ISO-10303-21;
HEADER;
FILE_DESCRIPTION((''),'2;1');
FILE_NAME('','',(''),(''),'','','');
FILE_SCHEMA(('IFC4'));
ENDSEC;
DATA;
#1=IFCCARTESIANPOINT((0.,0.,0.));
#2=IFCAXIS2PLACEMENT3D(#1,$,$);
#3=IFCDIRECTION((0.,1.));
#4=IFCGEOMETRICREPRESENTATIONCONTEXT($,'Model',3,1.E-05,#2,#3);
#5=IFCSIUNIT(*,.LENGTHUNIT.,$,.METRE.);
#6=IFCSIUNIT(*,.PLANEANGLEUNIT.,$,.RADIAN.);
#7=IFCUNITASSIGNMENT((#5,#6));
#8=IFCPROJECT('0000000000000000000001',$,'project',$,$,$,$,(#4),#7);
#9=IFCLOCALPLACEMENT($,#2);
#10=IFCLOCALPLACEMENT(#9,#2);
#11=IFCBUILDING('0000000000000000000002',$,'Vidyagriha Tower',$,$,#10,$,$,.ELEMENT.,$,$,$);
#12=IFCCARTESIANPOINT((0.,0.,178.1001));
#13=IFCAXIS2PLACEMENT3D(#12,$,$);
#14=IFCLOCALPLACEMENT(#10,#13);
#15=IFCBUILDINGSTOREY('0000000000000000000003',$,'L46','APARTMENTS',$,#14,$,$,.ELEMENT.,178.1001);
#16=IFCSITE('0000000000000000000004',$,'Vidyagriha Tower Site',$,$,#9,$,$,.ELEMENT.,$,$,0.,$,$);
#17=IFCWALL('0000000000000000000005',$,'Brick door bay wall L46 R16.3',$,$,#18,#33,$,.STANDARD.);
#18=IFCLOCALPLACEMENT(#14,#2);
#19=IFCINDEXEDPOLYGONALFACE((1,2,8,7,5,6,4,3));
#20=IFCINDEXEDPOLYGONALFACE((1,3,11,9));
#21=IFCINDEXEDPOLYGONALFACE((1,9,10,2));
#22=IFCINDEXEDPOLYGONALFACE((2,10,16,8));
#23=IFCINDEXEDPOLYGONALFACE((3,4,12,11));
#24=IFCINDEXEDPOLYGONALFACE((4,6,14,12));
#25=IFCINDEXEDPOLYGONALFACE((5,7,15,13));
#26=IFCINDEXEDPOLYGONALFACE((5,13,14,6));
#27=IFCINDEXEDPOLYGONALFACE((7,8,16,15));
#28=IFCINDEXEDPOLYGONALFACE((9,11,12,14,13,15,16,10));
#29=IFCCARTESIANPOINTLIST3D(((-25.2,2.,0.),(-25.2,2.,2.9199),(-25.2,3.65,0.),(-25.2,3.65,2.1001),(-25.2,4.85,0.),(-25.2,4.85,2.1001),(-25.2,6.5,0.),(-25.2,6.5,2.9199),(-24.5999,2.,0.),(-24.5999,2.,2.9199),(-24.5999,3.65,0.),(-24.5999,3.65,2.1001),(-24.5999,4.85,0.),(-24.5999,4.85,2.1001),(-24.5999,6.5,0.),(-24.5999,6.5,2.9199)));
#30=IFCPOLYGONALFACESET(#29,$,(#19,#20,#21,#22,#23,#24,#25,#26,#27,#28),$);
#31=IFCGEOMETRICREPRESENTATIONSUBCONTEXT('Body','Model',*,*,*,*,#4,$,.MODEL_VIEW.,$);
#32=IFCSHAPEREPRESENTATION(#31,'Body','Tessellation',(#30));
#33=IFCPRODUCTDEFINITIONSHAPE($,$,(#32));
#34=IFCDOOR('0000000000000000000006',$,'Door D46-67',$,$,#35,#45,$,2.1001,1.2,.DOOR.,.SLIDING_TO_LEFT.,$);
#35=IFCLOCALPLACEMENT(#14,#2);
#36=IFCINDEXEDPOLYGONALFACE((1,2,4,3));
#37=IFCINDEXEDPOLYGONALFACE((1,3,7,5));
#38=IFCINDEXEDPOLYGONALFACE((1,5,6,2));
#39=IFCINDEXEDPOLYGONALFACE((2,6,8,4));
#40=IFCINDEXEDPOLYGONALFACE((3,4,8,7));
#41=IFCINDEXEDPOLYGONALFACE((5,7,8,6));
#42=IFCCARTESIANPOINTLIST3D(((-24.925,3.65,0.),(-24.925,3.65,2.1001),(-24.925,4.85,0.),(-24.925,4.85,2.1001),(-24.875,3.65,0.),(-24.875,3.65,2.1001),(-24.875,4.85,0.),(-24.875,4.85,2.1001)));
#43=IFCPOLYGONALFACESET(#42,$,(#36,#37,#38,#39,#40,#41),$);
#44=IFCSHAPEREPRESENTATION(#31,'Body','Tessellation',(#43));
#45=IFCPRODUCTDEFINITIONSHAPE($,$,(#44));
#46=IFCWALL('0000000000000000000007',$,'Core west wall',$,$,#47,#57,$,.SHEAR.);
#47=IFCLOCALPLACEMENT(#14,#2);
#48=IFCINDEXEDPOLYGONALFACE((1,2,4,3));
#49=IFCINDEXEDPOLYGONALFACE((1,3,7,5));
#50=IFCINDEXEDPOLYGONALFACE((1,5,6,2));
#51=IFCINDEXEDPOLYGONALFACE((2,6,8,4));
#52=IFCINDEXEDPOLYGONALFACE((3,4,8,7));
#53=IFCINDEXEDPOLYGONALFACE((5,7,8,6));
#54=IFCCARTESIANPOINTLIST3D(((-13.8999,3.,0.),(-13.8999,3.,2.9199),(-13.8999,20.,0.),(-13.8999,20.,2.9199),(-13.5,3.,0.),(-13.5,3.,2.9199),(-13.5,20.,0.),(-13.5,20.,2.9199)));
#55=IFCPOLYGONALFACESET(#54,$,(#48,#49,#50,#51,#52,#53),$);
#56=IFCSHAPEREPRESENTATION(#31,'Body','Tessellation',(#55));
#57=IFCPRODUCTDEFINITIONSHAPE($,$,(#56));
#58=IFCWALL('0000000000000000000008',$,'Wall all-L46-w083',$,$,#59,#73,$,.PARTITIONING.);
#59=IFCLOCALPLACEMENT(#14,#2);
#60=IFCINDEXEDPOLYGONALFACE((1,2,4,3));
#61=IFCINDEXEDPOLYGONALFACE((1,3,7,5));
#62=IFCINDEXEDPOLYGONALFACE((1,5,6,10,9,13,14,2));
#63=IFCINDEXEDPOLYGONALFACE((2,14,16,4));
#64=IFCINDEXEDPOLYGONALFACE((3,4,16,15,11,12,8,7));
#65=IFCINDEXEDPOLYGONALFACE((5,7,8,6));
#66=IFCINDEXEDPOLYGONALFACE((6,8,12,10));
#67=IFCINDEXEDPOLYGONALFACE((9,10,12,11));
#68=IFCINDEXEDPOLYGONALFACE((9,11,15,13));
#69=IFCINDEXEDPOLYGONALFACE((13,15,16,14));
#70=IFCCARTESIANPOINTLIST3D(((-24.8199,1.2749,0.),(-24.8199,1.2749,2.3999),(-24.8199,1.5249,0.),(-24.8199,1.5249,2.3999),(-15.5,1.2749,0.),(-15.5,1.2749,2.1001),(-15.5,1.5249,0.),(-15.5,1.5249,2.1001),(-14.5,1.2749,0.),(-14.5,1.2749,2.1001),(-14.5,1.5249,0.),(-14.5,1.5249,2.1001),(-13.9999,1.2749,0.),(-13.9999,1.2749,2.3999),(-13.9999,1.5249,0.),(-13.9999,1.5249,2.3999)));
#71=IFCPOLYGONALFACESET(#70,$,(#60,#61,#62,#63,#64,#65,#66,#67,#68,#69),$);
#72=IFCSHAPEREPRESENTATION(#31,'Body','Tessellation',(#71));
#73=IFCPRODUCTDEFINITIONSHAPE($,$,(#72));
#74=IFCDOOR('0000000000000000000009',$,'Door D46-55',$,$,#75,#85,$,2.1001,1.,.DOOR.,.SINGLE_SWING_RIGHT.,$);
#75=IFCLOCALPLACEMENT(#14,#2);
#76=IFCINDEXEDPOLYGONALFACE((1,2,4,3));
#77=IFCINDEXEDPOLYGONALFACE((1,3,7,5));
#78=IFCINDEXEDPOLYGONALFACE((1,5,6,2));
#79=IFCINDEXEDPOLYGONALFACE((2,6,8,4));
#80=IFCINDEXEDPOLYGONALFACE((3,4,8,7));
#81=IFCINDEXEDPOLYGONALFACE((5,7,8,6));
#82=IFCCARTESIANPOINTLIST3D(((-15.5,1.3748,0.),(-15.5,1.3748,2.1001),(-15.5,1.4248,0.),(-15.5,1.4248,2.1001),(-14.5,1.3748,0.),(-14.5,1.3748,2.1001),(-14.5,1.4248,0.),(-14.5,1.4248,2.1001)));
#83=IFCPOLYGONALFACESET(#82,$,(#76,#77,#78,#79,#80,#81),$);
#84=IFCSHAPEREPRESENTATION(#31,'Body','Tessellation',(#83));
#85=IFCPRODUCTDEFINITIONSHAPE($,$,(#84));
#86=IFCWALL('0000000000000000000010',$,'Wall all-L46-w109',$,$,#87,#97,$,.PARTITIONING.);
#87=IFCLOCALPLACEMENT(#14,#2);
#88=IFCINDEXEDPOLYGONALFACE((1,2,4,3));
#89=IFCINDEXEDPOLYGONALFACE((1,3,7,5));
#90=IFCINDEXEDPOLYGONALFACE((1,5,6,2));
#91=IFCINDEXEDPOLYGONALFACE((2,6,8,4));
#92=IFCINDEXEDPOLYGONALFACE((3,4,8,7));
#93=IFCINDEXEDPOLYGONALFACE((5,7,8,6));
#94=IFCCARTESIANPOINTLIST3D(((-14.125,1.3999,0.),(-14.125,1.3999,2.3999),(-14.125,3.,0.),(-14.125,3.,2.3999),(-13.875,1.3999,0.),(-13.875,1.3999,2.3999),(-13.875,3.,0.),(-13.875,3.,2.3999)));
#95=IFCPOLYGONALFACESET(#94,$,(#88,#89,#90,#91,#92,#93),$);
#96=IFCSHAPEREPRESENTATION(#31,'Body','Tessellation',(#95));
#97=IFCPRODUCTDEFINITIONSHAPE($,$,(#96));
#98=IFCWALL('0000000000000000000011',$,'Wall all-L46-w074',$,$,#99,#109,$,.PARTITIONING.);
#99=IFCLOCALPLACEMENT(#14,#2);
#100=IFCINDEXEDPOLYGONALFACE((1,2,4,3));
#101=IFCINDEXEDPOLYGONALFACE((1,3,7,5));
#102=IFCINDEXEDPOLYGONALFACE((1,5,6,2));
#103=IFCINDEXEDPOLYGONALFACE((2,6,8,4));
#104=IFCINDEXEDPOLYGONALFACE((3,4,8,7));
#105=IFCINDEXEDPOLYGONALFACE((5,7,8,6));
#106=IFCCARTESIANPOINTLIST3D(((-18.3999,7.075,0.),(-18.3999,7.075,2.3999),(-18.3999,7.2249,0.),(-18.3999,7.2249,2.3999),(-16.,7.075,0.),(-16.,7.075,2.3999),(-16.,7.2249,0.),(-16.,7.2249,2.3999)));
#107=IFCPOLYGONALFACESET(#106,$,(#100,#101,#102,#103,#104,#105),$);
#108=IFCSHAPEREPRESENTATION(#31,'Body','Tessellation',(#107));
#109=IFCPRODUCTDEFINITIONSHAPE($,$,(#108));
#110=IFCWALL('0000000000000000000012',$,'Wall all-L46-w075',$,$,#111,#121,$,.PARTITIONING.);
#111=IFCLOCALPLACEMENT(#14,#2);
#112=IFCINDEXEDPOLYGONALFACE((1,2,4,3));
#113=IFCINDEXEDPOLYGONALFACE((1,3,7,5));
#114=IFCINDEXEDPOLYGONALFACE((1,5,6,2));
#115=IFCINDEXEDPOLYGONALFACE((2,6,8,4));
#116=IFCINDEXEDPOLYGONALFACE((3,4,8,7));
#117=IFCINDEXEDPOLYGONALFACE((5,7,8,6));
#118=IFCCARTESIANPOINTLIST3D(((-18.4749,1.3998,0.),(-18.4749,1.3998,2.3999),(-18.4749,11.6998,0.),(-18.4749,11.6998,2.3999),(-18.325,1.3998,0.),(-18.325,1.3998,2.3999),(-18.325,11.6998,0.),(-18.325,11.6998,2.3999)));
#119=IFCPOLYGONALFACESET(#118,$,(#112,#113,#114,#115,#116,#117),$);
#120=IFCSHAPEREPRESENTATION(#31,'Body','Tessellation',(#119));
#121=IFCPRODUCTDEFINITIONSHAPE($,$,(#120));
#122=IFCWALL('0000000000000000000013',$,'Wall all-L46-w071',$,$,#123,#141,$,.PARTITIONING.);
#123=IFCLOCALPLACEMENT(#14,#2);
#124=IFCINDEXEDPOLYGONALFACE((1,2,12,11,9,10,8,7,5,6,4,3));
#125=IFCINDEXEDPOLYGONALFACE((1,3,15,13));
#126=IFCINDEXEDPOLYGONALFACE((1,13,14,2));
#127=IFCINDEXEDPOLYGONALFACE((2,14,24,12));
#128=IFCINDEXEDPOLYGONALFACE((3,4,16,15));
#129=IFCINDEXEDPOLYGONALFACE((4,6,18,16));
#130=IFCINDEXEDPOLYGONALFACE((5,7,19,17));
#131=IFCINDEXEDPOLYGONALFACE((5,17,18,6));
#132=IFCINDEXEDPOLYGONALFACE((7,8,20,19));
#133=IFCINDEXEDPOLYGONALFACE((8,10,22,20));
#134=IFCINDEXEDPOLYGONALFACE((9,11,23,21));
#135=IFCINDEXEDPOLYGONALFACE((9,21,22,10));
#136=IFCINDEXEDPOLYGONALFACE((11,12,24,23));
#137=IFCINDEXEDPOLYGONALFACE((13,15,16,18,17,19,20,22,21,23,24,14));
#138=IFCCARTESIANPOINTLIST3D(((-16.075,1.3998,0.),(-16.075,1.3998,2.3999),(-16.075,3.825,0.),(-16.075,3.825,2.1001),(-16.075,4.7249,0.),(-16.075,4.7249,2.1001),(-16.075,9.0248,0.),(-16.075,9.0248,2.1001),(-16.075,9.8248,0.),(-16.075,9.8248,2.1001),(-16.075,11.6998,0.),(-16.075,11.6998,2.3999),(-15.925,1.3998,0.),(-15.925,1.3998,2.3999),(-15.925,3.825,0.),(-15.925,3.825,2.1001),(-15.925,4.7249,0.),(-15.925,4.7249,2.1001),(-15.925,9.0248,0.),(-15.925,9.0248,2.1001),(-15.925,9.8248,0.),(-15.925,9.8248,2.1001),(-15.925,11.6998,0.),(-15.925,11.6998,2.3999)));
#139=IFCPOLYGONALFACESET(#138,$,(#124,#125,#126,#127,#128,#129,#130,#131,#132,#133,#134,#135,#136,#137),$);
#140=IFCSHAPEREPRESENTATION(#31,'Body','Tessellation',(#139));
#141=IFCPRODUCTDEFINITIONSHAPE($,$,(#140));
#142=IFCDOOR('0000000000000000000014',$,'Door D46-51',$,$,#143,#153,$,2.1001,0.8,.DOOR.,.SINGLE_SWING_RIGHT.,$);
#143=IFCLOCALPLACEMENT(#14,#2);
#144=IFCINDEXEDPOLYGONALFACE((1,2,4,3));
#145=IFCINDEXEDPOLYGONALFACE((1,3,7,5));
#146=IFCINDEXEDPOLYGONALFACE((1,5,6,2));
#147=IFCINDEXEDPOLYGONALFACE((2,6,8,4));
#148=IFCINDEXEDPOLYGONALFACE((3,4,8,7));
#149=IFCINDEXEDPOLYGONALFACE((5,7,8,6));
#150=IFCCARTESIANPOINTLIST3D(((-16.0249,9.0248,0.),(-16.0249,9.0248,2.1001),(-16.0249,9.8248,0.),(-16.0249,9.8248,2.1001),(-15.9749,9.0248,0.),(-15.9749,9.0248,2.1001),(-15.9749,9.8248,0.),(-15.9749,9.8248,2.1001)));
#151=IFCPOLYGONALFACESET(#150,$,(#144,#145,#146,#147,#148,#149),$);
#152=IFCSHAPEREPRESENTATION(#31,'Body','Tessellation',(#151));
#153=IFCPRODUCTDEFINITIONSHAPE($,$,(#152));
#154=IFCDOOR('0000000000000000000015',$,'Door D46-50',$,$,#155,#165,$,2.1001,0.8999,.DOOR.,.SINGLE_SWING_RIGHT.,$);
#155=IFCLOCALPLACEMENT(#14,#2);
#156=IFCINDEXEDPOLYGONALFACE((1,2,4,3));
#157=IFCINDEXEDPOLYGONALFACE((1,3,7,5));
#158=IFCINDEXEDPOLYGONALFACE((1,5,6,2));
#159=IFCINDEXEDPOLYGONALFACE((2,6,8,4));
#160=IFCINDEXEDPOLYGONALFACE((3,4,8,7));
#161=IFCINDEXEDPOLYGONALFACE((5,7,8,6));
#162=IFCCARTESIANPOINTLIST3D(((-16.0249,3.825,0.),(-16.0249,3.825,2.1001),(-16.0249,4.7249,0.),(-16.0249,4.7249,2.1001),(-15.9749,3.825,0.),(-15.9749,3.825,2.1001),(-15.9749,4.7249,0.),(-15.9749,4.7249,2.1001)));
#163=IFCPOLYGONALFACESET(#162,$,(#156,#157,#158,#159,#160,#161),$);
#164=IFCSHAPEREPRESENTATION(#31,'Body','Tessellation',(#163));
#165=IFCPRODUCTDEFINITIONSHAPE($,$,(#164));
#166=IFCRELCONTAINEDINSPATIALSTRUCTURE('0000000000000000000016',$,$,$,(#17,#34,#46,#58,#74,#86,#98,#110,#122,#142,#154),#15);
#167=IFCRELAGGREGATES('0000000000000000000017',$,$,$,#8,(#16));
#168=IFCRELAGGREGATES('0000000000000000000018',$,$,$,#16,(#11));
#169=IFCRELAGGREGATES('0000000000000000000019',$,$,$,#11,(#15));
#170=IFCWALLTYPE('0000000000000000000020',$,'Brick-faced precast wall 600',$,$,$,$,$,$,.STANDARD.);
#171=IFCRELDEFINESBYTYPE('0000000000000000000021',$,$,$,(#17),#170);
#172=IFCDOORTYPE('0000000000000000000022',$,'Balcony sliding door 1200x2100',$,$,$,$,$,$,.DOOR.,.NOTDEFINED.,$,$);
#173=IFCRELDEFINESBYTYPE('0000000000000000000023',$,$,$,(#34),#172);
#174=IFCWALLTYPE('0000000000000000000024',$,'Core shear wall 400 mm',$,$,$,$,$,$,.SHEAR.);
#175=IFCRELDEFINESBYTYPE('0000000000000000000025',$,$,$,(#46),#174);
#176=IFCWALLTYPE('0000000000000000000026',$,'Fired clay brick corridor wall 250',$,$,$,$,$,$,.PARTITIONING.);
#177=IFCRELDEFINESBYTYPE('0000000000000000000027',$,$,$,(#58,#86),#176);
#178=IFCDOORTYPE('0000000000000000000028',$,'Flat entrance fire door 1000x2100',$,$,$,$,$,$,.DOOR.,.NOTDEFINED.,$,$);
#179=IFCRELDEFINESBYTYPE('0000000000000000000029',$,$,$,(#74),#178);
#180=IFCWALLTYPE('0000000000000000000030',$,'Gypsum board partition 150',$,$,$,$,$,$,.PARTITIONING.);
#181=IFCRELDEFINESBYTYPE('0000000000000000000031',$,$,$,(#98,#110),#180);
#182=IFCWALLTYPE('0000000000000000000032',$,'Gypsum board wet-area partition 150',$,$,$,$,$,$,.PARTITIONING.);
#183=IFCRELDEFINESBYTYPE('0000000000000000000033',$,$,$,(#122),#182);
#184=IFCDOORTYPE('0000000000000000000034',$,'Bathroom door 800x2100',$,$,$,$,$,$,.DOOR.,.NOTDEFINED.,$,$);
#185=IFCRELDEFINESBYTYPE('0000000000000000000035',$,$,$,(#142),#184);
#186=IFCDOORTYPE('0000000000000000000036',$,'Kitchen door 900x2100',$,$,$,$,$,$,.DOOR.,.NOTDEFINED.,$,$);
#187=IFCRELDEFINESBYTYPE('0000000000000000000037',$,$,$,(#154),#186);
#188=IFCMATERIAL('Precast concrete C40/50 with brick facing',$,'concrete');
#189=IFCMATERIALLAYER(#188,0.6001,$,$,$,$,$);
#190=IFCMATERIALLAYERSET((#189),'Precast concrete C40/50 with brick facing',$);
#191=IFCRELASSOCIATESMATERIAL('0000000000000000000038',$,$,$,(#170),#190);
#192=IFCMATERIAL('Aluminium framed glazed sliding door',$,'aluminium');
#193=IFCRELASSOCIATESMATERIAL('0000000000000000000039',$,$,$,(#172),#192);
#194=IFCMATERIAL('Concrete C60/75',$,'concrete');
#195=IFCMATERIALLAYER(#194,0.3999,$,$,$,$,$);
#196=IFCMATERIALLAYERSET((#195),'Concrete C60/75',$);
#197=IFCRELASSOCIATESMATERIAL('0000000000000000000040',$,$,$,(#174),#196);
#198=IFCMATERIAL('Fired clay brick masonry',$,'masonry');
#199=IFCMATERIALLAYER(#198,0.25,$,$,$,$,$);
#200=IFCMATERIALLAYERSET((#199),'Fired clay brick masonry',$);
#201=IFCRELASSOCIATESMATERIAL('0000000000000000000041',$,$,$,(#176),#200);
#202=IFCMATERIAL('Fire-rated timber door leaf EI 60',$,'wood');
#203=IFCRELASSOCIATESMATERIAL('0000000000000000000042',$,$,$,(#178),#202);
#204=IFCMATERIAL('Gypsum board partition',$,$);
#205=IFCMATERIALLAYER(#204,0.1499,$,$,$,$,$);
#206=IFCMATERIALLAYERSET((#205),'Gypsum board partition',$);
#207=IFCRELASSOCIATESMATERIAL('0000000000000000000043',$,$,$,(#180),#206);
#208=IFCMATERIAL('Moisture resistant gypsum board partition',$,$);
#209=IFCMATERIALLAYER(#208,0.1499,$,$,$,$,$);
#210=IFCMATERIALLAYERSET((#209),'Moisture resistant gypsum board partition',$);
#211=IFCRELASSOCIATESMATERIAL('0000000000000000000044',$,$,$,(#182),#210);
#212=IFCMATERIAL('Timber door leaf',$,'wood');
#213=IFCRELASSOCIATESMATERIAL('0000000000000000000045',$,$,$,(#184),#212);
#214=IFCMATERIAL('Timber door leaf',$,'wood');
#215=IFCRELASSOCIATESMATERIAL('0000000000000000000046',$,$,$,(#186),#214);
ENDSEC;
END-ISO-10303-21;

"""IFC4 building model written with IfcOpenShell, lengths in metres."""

from ifc_helpers import new_model, si_unit, direction, frame, frame_2d, origin, place, context, subcontext, project, spatial, rectangle, extrude, material, layer, layer_set, type_object, element, fill, save


model = new_model("IFC4")

# Units and contexts
model_context = context("Model", 3, precision=1e-05, world=origin(), true_north=direction((0.0, 1.0)))
body_context = subcontext(model_context, "Body", "Model", "MODEL_VIEW")
ifc_project = project(units=[si_unit("LENGTHUNIT", "METRE"), si_unit("PLANEANGLEUNIT", "RADIAN")], contexts=[model_context])

# Site, building, storey
site_placement = place(None, origin())
site = spatial("IfcSite", under=ifc_project, at=site_placement, Name="Vidyagriha Tower Site", CompositionType="ELEMENT", RefElevation=0.0)
building_placement = place(site_placement, origin())
building = spatial("IfcBuilding", under=site, at=building_placement, Name="Vidyagriha Tower", CompositionType="ELEMENT")
storey_placement = place(building_placement, frame((0.0, 0.0, 178.1001)))
storey = spatial("IfcBuildingStorey", under=building, at=storey_placement, Name="L46", Description="APARTMENTS", CompositionType="ELEMENT", Elevation=178.1001)

# Wall, opening, door
ifc_material_1 = material(Name="Precast concrete C40/50 with brick facing", Category="concrete")
ifc_layer_1 = layer(ifc_material_1, 0.6001)
ifc_layer_set_1 = layer_set([ifc_layer_1], Name="Precast concrete C40/50 with brick facing")
wall_type_1 = type_object("IfcWallType", Name="Brick-faced precast wall 600", PredefinedType="STANDARD", material=ifc_layer_set_1)
wall_1_placement = place(storey_placement, frame((-24.8999, 6.5, 0.0), z_axis=(0.0, 0.0, 1.0), x_axis=(0.0, -1.0, 0.0)))
wall_1 = element("IfcWall", 1, at=wall_1_placement, inside=storey, type_object=wall_type_1, Name="Brick door bay wall L46 R16.3", PredefinedType="STANDARD", context=body_context, shape_type="SweptSolid", body=[
    extrude(rectangle(XDim=4.5, YDim=0.6001, at=frame_2d((2.25, 0.0))), origin(), (0.0, 0.0, 1.0), 2.9199),
])
opening_1_placement = place(wall_1_placement, frame((1.6499, 0.0, 0.0)))
opening_1 = element("IfcOpeningElement", 2, at=opening_1_placement, cuts=wall_1, PredefinedType="OPENING", context=body_context, shape_type="SweptSolid", body=[
    extrude(rectangle(XDim=1.2, YDim=2.1001, at=frame_2d((0.6001, 1.05))), frame((0.0, 0.3101, 0.0), z_axis=(0.0, -1.0, 0.0), x_axis=(1.0, 0.0, 0.0)), (0.0, 0.0, 1.0), 0.6201),
])
ifc_material_2 = material(Name="Aluminium framed glazed sliding door", Category="aluminium")
door_type_1 = type_object("IfcDoorType", Name="Balcony sliding door 1200x2100", OperationType="NOTDEFINED", PredefinedType="DOOR", material=ifc_material_2)
door_1_placement = place(opening_1_placement, origin())
door_1 = element("IfcDoor", 3, at=door_1_placement, inside=storey, type_object=door_type_1, Name="Door D46-67", OperationType="SLIDING_TO_LEFT", OverallHeight=2.1001, OverallWidth=1.2, PredefinedType="DOOR", context=body_context, shape_type="SweptSolid", body=[
    extrude(rectangle(XDim=1.2, YDim=2.1001, at=frame_2d((0.6001, 1.05))), frame((0.0, 0.0249, 0.0), z_axis=(0.0, -1.0, 0.0), x_axis=(1.0, 0.0, 0.0)), (0.0, 0.0, 1.0), 0.05),
])
fill(opening_1, door_1)

# Wall
ifc_material_3 = material(Name="Concrete C60/75", Category="concrete")
ifc_layer_2 = layer(ifc_material_3, 0.3999)
ifc_layer_set_2 = layer_set([ifc_layer_2], Name="Concrete C60/75")
wall_type_2 = type_object("IfcWallType", Name="Core shear wall 400 mm", PredefinedType="SHEAR", material=ifc_layer_set_2)
wall_2_placement = place(storey_placement, frame((-13.7, 3.0, 0.0), z_axis=(0.0, 0.0, 1.0), x_axis=(0.0, 1.0, 0.0)))
element("IfcWall", 4, at=wall_2_placement, inside=storey, type_object=wall_type_2, Name="Core west wall", PredefinedType="SHEAR", context=body_context, shape_type="SweptSolid", body=[
    extrude(rectangle(XDim=17.0, YDim=0.3999, at=frame_2d((8.5, 0.0))), origin(), (0.0, 0.0, 1.0), 2.9199),
])

# Wall, opening, door
ifc_material_4 = material(Name="Fired clay brick masonry", Category="masonry")
ifc_layer_3 = layer(ifc_material_4, 0.25)
ifc_layer_set_3 = layer_set([ifc_layer_3], Name="Fired clay brick masonry")
wall_type_3 = type_object("IfcWallType", Name="Fired clay brick corridor wall 250", PredefinedType="PARTITIONING", material=ifc_layer_set_3)
wall_3_placement = place(storey_placement, frame((-24.8201, 1.3999, 0.0)))
wall_3 = element("IfcWall", 5, at=wall_3_placement, inside=storey, type_object=wall_type_3, Name="Wall all-L46-w083", PredefinedType="PARTITIONING", context=body_context, shape_type="SweptSolid", body=[
    extrude(rectangle(XDim=10.8201, YDim=0.25, at=frame_2d((5.4102, 0.0))), origin(), (0.0, 0.0, 1.0), 2.3999),
])
opening_2_placement = place(wall_3_placement, frame((9.3201, 0.0, 0.0)))
opening_2 = element("IfcOpeningElement", 6, at=opening_2_placement, cuts=wall_3, PredefinedType="OPENING", context=body_context, shape_type="SweptSolid", body=[
    extrude(rectangle(XDim=1.0, YDim=2.1001, at=frame_2d((0.5, 1.05))), frame((0.0, 0.135, 0.0), z_axis=(0.0, -1.0, 0.0), x_axis=(1.0, 0.0, 0.0)), (0.0, 0.0, 1.0), 0.27),
])
ifc_material_5 = material(Name="Fire-rated timber door leaf EI 60", Category="wood")
door_type_2 = type_object("IfcDoorType", Name="Flat entrance fire door 1000x2100", OperationType="NOTDEFINED", PredefinedType="DOOR", material=ifc_material_5)
door_2_placement = place(opening_2_placement, origin())
door_2 = element("IfcDoor", 7, at=door_2_placement, inside=storey, type_object=door_type_2, Name="Door D46-55", OperationType="SINGLE_SWING_RIGHT", OverallHeight=2.1001, OverallWidth=1.0, PredefinedType="DOOR", context=body_context, shape_type="SweptSolid", body=[
    extrude(rectangle(XDim=1.0, YDim=2.1001, at=frame_2d((0.5, 1.05))), frame((0.0, 0.0249, 0.0), z_axis=(0.0, -1.0, 0.0), x_axis=(1.0, 0.0, 0.0)), (0.0, 0.0, 1.0), 0.05),
])
fill(opening_2, door_2)

# Walls
wall_4_placement = place(storey_placement, frame((-14.0, 3.0, 0.0), z_axis=(0.0, 0.0, 1.0), x_axis=(0.0, -1.0, 0.0)))
element("IfcWall", 8, at=wall_4_placement, inside=storey, type_object=wall_type_3, Name="Wall all-L46-w109", PredefinedType="PARTITIONING", context=body_context, shape_type="SweptSolid", body=[
    extrude(rectangle(XDim=1.6001, YDim=0.25, at=frame_2d((0.8, 0.0))), origin(), (0.0, 0.0, 1.0), 2.3999),
])
ifc_material_6 = material(Name="Gypsum board partition")
ifc_layer_4 = layer(ifc_material_6, 0.1499)
ifc_layer_set_4 = layer_set([ifc_layer_4], Name="Gypsum board partition")
wall_type_4 = type_object("IfcWallType", Name="Gypsum board partition 150", PredefinedType="PARTITIONING", material=ifc_layer_set_4)
wall_5_placement = place(storey_placement, frame((-18.3999, 7.1499, 0.0)))
element("IfcWall", 9, at=wall_5_placement, inside=storey, type_object=wall_type_4, Name="Wall all-L46-w074", PredefinedType="PARTITIONING", context=body_context, shape_type="SweptSolid", body=[
    extrude(rectangle(XDim=2.3999, YDim=0.1499, at=frame_2d((1.2, 0.0))), origin(), (0.0, 0.0, 1.0), 2.3999),
])
wall_6_placement = place(storey_placement, frame((-18.3999, 1.3999, 0.0), z_axis=(0.0, 0.0, 1.0), x_axis=(0.0, 1.0, 0.0)))
element("IfcWall", 10, at=wall_6_placement, inside=storey, type_object=wall_type_4, Name="Wall all-L46-w075", PredefinedType="PARTITIONING", context=body_context, shape_type="SweptSolid", body=[
    extrude(rectangle(XDim=10.3, YDim=0.1499, at=frame_2d((5.1499, 0.0))), origin(), (0.0, 0.0, 1.0), 2.3999),
])

# Wall, openings, doors
ifc_material_7 = material(Name="Moisture resistant gypsum board partition")
ifc_layer_5 = layer(ifc_material_7, 0.1499)
ifc_layer_set_5 = layer_set([ifc_layer_5], Name="Moisture resistant gypsum board partition")
wall_type_5 = type_object("IfcWallType", Name="Gypsum board wet-area partition 150", PredefinedType="PARTITIONING", material=ifc_layer_set_5)
wall_7_placement = place(storey_placement, frame((-16.0, 1.3999, 0.0), z_axis=(0.0, 0.0, 1.0), x_axis=(0.0, 1.0, 0.0)))
wall_7 = element("IfcWall", 11, at=wall_7_placement, inside=storey, type_object=wall_type_5, Name="Wall all-L46-w071", PredefinedType="PARTITIONING", context=body_context, shape_type="SweptSolid", body=[
    extrude(rectangle(XDim=10.3, YDim=0.1499, at=frame_2d((5.1499, 0.0))), origin(), (0.0, 0.0, 1.0), 2.3999),
])
opening_3_placement = place(wall_7_placement, frame((2.425, 0.0, 0.0)))
opening_3 = element("IfcOpeningElement", 12, at=opening_3_placement, cuts=wall_7, PredefinedType="OPENING", context=body_context, shape_type="SweptSolid", body=[
    extrude(rectangle(XDim=0.8999, YDim=2.1001, at=frame_2d((0.45, 1.05))), frame((0.0, 0.085, 0.0), z_axis=(0.0, -1.0, 0.0), x_axis=(1.0, 0.0, 0.0)), (0.0, 0.0, 1.0), 0.1699),
])
opening_4_placement = place(wall_7_placement, frame((7.625, 0.0, 0.0)))
opening_4 = element("IfcOpeningElement", 13, at=opening_4_placement, cuts=wall_7, PredefinedType="OPENING", context=body_context, shape_type="SweptSolid", body=[
    extrude(rectangle(XDim=0.8, YDim=2.1001, at=frame_2d((0.3999, 1.05))), frame((0.0, 0.085, 0.0), z_axis=(0.0, -1.0, 0.0), x_axis=(1.0, 0.0, 0.0)), (0.0, 0.0, 1.0), 0.1699),
])
ifc_material_8 = material(Name="Timber door leaf", Category="wood")
door_type_3 = type_object("IfcDoorType", Name="Bathroom door 800x2100", OperationType="NOTDEFINED", PredefinedType="DOOR", material=ifc_material_8)
door_3_placement = place(opening_4_placement, origin())
door_3 = element("IfcDoor", 14, at=door_3_placement, inside=storey, type_object=door_type_3, Name="Door D46-51", OperationType="SINGLE_SWING_RIGHT", OverallHeight=2.1001, OverallWidth=0.8, PredefinedType="DOOR", context=body_context, shape_type="SweptSolid", body=[
    extrude(rectangle(XDim=0.8, YDim=2.1001, at=frame_2d((0.3999, 1.05))), frame((0.0, 0.0249, 0.0), z_axis=(0.0, -1.0, 0.0), x_axis=(1.0, 0.0, 0.0)), (0.0, 0.0, 1.0), 0.05),
])
fill(opening_4, door_3)
ifc_material_9 = material(Name="Timber door leaf", Category="wood")
door_type_4 = type_object("IfcDoorType", Name="Kitchen door 900x2100", OperationType="NOTDEFINED", PredefinedType="DOOR", material=ifc_material_9)
door_4_placement = place(opening_3_placement, origin())
door_4 = element("IfcDoor", 15, at=door_4_placement, inside=storey, type_object=door_type_4, Name="Door D46-50", OperationType="SINGLE_SWING_RIGHT", OverallHeight=2.1001, OverallWidth=0.8999, PredefinedType="DOOR", context=body_context, shape_type="SweptSolid", body=[
    extrude(rectangle(XDim=0.8999, YDim=2.1001, at=frame_2d((0.45, 1.05))), frame((0.0, 0.0249, 0.0), z_axis=(0.0, -1.0, 0.0), x_axis=(1.0, 0.0, 0.0)), (0.0, 0.0, 1.0), 0.05),
])
fill(opening_3, door_4)

save(model, "model.ifc")
